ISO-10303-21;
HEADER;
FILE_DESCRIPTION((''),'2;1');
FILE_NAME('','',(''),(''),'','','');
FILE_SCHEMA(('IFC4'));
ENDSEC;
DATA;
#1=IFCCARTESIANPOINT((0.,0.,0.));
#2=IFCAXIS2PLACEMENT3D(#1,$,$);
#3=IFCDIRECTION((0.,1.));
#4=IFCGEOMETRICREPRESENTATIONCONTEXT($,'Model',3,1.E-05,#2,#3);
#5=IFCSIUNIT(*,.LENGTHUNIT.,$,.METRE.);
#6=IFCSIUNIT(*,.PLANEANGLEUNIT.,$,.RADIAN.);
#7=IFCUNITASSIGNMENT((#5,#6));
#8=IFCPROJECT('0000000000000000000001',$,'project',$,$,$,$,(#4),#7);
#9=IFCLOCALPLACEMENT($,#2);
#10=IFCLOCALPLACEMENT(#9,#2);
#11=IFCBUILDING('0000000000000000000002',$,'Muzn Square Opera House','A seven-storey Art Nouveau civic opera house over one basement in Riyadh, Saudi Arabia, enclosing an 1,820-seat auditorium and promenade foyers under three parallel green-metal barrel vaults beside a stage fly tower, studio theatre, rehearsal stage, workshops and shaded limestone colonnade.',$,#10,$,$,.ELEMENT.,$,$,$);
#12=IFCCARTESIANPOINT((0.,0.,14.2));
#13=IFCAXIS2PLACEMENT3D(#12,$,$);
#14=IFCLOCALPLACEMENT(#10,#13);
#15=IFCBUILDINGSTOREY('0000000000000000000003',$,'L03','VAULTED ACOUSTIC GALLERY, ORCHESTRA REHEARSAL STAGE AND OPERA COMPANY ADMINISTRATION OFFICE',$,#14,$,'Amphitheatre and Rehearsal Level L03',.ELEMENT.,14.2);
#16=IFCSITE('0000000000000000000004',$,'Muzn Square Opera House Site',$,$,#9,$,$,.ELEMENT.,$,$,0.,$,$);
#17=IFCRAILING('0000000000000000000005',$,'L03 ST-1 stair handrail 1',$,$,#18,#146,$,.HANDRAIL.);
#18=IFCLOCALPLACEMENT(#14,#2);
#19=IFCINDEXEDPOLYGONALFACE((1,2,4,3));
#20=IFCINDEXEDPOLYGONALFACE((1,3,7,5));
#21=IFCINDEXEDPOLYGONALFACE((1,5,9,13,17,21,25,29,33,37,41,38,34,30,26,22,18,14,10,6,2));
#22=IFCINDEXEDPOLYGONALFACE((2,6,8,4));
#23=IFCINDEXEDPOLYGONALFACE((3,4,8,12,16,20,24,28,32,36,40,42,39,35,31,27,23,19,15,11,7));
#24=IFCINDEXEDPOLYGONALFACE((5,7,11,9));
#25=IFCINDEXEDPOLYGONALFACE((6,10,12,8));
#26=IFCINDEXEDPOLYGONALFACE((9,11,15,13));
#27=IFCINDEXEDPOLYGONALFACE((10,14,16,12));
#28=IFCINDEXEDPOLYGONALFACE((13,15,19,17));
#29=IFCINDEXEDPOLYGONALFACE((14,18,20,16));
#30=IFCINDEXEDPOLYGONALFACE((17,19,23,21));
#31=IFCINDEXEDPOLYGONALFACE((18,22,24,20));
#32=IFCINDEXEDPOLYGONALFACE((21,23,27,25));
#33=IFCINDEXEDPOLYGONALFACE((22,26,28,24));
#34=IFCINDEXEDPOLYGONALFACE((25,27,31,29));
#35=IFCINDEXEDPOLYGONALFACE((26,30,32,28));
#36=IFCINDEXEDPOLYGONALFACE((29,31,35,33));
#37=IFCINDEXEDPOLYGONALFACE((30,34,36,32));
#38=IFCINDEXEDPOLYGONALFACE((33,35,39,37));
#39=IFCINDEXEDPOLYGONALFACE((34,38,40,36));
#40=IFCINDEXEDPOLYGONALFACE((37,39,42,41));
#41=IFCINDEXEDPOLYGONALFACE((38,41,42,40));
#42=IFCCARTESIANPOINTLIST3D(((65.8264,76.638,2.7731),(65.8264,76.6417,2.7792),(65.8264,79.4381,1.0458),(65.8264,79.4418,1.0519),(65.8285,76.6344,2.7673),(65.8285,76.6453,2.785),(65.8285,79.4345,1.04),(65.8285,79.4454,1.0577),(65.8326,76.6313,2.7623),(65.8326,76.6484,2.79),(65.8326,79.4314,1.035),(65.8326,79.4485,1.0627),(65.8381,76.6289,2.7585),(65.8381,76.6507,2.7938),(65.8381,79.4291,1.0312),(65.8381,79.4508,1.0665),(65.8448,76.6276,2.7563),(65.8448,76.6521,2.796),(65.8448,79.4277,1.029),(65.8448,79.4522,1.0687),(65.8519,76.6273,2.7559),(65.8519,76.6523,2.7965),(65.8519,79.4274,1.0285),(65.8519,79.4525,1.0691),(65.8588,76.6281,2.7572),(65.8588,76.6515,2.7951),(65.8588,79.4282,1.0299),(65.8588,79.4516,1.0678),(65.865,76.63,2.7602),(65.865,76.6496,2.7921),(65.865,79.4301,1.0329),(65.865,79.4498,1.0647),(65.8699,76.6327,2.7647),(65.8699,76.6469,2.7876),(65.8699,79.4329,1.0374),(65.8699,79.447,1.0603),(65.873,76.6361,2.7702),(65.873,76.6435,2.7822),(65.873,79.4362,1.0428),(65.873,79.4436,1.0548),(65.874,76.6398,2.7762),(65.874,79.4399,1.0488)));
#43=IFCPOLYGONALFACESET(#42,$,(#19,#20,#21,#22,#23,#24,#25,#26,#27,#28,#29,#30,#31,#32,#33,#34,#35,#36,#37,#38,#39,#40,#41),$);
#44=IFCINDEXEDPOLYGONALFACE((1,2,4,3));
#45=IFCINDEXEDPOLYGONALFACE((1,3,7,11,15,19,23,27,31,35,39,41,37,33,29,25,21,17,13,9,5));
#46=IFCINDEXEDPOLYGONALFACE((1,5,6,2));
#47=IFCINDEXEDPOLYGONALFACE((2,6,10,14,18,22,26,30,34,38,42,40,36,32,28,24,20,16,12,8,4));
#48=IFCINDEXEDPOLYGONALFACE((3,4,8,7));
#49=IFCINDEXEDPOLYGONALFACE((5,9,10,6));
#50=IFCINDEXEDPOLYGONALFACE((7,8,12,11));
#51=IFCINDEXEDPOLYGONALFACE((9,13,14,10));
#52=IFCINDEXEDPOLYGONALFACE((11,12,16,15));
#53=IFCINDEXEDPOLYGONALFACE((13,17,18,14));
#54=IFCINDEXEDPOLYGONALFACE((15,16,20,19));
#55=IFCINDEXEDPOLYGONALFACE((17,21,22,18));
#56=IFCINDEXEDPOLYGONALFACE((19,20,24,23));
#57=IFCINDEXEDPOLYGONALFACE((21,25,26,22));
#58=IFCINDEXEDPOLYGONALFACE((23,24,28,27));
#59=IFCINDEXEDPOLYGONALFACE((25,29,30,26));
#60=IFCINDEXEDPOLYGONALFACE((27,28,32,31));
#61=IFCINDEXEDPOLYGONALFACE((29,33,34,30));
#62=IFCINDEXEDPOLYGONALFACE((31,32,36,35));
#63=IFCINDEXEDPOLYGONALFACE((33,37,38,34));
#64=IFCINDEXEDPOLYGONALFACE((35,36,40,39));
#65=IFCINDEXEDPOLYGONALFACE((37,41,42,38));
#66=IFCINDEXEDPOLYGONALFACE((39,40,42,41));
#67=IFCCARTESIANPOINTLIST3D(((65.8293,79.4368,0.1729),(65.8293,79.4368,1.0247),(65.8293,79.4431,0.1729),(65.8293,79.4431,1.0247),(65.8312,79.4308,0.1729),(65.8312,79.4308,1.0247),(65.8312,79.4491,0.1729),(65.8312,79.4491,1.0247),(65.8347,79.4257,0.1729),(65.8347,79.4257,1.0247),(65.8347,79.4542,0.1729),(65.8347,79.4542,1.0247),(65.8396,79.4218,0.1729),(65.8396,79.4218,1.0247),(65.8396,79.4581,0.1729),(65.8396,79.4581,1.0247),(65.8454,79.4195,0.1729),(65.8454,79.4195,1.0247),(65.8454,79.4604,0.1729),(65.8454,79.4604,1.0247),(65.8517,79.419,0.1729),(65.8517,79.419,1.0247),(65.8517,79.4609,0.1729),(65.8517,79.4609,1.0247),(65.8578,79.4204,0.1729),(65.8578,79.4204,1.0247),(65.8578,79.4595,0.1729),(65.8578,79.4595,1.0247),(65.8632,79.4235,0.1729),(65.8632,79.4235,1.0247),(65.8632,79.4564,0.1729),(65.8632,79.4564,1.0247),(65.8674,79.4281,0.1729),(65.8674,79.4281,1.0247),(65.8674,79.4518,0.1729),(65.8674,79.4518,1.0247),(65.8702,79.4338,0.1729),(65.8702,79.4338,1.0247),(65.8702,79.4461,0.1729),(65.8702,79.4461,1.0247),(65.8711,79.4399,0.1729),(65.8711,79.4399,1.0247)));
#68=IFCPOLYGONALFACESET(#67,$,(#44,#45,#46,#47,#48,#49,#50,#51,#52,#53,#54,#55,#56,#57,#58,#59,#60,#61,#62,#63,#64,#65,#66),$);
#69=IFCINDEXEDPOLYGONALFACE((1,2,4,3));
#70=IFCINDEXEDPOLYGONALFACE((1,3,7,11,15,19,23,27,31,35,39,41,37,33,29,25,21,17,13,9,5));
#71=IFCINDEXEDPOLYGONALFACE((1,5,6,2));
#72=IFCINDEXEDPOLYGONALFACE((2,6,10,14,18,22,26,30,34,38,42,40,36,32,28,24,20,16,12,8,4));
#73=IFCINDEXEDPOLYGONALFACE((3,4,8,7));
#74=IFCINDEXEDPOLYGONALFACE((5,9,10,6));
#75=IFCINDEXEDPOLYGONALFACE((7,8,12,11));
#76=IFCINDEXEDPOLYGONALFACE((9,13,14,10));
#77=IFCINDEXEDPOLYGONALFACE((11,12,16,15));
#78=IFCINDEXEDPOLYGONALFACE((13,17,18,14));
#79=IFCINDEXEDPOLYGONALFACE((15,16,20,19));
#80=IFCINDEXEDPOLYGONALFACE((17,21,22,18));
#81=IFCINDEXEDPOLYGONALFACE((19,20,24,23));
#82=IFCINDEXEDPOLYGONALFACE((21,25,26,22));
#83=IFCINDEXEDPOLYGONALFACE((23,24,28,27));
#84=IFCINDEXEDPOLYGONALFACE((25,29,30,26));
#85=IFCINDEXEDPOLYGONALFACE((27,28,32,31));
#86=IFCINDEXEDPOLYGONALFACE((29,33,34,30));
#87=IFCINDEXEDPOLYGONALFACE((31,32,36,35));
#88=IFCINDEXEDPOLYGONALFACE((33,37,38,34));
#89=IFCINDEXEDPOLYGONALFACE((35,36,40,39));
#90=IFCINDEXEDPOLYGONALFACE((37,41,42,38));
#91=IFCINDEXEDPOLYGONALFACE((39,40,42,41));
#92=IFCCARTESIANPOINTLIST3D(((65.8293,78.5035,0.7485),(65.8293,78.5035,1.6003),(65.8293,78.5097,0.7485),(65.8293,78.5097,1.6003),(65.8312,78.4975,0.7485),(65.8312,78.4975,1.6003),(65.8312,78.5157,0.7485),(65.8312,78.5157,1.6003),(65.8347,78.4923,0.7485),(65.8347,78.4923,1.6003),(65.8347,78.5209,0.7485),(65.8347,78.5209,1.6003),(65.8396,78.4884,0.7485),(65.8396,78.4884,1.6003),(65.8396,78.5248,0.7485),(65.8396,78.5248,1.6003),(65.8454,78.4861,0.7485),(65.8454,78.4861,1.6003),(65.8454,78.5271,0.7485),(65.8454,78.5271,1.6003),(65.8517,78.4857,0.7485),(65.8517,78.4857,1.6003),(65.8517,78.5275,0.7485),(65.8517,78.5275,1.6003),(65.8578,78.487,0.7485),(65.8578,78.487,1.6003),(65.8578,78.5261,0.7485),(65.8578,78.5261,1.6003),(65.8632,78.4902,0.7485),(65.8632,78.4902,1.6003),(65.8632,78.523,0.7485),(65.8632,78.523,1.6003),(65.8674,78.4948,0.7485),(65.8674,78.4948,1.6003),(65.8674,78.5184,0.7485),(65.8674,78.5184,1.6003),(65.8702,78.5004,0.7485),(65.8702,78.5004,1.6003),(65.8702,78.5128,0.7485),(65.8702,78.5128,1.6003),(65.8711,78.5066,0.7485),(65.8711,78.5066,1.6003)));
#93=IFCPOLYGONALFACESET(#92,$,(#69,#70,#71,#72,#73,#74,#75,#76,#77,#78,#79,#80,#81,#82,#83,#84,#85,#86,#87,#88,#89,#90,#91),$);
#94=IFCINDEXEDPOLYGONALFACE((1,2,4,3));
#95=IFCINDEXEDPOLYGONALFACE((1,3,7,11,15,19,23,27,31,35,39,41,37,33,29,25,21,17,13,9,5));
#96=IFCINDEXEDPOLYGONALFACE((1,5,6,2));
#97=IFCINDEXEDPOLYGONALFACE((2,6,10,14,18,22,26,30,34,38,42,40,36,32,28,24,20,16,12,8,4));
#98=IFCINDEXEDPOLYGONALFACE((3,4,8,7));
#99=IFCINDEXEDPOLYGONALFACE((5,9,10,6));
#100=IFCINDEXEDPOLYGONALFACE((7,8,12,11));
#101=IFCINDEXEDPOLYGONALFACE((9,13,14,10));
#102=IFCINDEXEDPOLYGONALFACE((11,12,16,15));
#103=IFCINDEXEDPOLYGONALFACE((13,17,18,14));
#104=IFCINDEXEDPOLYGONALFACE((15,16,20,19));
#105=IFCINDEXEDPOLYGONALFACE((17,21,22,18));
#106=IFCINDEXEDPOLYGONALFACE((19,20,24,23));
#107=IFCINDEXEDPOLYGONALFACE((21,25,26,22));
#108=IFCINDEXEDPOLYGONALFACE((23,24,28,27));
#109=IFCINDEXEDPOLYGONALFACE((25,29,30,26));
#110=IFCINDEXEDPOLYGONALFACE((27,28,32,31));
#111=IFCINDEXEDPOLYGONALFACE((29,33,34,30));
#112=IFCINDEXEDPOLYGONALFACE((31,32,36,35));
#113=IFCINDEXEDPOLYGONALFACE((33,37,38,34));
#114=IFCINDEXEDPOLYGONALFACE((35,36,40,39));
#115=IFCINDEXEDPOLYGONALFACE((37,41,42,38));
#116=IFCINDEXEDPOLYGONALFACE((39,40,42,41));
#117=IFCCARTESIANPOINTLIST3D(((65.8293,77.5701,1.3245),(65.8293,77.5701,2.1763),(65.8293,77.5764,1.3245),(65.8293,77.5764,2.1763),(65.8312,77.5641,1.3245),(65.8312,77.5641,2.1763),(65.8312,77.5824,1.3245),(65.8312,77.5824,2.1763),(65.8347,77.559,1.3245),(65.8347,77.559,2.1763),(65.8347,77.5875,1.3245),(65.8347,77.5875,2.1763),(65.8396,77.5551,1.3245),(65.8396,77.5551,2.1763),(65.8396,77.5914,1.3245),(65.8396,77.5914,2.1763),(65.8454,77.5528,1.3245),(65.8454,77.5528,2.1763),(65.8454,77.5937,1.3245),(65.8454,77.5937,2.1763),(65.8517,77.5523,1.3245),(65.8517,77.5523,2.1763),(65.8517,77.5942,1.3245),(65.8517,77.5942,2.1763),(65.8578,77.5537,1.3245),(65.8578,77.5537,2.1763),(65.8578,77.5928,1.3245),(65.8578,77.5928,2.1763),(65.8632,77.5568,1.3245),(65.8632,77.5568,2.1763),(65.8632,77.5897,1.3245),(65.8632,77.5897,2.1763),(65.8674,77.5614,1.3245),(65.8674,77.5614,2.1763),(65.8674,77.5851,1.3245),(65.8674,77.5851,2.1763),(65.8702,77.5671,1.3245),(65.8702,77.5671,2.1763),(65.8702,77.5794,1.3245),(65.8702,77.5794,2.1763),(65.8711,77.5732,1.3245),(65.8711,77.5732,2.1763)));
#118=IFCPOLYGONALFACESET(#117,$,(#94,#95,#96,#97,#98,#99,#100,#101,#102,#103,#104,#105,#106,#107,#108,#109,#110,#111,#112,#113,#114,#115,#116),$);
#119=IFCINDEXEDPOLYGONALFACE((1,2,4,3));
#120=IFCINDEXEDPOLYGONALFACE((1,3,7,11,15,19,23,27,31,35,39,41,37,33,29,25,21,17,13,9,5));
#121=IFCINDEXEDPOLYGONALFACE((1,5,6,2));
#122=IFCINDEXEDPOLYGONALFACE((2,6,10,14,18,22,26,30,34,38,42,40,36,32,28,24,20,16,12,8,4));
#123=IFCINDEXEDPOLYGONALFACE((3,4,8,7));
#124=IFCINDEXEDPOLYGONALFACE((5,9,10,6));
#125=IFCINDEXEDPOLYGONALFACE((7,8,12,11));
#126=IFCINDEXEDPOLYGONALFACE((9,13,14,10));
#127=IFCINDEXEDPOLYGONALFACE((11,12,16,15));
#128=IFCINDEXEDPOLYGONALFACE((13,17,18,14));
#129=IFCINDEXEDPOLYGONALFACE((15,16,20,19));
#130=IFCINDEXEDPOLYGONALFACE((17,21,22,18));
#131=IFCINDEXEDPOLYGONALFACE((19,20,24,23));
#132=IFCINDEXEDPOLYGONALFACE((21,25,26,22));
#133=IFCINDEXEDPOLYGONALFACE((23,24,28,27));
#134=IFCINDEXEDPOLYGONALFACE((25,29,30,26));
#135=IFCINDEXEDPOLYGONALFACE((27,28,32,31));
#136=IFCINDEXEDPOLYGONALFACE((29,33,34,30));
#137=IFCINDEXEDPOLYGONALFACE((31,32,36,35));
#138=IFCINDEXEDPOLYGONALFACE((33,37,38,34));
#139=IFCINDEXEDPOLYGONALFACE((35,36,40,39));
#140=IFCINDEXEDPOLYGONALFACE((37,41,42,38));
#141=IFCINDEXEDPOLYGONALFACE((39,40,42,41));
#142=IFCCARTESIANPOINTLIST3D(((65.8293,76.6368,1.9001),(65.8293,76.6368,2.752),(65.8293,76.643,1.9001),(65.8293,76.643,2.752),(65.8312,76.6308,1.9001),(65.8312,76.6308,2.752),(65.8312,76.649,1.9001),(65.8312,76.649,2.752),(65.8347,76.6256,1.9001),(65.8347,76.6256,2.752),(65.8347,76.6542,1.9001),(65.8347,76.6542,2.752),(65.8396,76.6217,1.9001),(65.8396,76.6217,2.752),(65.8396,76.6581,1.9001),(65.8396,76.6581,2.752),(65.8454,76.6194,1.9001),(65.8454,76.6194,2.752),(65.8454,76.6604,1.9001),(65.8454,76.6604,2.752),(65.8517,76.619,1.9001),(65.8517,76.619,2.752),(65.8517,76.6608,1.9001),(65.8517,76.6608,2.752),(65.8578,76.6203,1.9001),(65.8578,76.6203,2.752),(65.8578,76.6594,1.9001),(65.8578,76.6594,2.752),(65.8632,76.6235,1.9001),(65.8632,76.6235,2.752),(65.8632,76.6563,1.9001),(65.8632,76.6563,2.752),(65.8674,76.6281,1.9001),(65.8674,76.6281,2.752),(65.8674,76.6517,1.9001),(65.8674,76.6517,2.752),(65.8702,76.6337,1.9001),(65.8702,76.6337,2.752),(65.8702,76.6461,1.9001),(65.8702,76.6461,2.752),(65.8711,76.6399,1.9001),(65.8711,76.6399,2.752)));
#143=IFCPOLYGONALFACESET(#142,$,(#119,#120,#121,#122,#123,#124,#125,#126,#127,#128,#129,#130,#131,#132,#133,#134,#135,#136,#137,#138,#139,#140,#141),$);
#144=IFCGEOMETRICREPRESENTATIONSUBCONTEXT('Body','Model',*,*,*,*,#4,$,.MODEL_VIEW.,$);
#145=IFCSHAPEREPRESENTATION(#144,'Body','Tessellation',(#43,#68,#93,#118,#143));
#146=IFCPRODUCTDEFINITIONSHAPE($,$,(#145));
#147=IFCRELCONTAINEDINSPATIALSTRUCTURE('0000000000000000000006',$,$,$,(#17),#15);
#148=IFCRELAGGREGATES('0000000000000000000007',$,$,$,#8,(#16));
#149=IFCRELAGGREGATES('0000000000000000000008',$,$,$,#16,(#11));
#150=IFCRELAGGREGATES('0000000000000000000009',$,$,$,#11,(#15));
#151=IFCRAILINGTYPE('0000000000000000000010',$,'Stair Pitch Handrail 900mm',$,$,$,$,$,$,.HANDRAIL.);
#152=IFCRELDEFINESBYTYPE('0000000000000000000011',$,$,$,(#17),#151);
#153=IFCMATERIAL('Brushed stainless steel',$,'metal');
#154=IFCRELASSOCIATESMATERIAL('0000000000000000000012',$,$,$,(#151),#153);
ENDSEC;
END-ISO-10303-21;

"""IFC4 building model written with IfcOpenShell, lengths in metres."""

from ifc_helpers import new_model, si_unit, direction, frame, origin, origin_2d, place, context, subcontext, project, spatial, circle, extrude, material, type_object, element, save


model = new_model("IFC4")

# Units and contexts
model_context = context("Model", 3, precision=1e-05, world=origin(), true_north=direction((0.0, 1.0)))
body_context = subcontext(model_context, "Body", "Model", "MODEL_VIEW")
ifc_project = project(units=[si_unit("LENGTHUNIT", "METRE"), si_unit("PLANEANGLEUNIT", "RADIAN")], contexts=[model_context])

# Site, building, storey
site_placement = place(None, origin())
site = spatial("IfcSite", under=ifc_project, at=site_placement, Name="Muzn Square Opera House Site", CompositionType="ELEMENT", RefElevation=0.0)
building_placement = place(site_placement, origin())
building = spatial("IfcBuilding", under=site, at=building_placement, Name="Muzn Square Opera House", Description="A seven-storey Art Nouveau civic opera house over one basement in Riyadh, Saudi Arabia, enclosing an 1,820-seat auditorium and promenade foyers under three parallel green-metal barrel vaults beside a stage fly tower, studio theatre, rehearsal stage, workshops and shaded limestone colonnade.", CompositionType="ELEMENT")
storey_placement = place(building_placement, frame((0.0, 0.0, 14.2)))
storey = spatial("IfcBuildingStorey", under=building, at=storey_placement, Name="L03", Description="VAULTED ACOUSTIC GALLERY, ORCHESTRA REHEARSAL STAGE AND OPERA COMPANY ADMINISTRATION OFFICE", LongName="Amphitheatre and Rehearsal Level L03", CompositionType="ELEMENT", Elevation=14.2)

# Shared definitions
ifc_material_1 = material(Name="Brushed stainless steel", Category="metal")

# Railing
railing_type_1 = type_object("IfcRailingType", Name="Stair Pitch Handrail 900mm", PredefinedType="HANDRAIL", material=ifc_material_1)
railing_1_placement = place(storey_placement, frame((65.8501, 79.4399, 0.1729)))
element("IfcRailing", 1, at=railing_1_placement, inside=storey, type_object=railing_type_1, Name="L03 ST-1 stair handrail 1", PredefinedType="HANDRAIL", context=body_context, shape_type="SweptSolid", body=[
    extrude(circle(Radius=0.0239, at=origin_2d()), frame((0.0, 0.0, 0.876), z_axis=(0.0, -0.85109, 0.52502), x_axis=(1.0, 0.0, 0.0)), (0.0, 0.0, 1.0), 3.29),
    extrude(circle(Radius=0.021, at=origin_2d()), origin(), (0.0, 0.0, 1.0), 0.8518),
    extrude(circle(Radius=0.021, at=origin_2d()), frame((0.0, -0.9333, 0.5757)), (0.0, 0.0, 1.0), 0.8518),
    extrude(circle(Radius=0.021, at=origin_2d()), frame((0.0, -1.8667, 1.1516)), (0.0, 0.0, 1.0), 0.8518),
    extrude(circle(Radius=0.021, at=origin_2d()), frame((0.0, -2.8, 1.7273)), (0.0, 0.0, 1.0), 0.8518),
])

save(model, "model.ifc")
